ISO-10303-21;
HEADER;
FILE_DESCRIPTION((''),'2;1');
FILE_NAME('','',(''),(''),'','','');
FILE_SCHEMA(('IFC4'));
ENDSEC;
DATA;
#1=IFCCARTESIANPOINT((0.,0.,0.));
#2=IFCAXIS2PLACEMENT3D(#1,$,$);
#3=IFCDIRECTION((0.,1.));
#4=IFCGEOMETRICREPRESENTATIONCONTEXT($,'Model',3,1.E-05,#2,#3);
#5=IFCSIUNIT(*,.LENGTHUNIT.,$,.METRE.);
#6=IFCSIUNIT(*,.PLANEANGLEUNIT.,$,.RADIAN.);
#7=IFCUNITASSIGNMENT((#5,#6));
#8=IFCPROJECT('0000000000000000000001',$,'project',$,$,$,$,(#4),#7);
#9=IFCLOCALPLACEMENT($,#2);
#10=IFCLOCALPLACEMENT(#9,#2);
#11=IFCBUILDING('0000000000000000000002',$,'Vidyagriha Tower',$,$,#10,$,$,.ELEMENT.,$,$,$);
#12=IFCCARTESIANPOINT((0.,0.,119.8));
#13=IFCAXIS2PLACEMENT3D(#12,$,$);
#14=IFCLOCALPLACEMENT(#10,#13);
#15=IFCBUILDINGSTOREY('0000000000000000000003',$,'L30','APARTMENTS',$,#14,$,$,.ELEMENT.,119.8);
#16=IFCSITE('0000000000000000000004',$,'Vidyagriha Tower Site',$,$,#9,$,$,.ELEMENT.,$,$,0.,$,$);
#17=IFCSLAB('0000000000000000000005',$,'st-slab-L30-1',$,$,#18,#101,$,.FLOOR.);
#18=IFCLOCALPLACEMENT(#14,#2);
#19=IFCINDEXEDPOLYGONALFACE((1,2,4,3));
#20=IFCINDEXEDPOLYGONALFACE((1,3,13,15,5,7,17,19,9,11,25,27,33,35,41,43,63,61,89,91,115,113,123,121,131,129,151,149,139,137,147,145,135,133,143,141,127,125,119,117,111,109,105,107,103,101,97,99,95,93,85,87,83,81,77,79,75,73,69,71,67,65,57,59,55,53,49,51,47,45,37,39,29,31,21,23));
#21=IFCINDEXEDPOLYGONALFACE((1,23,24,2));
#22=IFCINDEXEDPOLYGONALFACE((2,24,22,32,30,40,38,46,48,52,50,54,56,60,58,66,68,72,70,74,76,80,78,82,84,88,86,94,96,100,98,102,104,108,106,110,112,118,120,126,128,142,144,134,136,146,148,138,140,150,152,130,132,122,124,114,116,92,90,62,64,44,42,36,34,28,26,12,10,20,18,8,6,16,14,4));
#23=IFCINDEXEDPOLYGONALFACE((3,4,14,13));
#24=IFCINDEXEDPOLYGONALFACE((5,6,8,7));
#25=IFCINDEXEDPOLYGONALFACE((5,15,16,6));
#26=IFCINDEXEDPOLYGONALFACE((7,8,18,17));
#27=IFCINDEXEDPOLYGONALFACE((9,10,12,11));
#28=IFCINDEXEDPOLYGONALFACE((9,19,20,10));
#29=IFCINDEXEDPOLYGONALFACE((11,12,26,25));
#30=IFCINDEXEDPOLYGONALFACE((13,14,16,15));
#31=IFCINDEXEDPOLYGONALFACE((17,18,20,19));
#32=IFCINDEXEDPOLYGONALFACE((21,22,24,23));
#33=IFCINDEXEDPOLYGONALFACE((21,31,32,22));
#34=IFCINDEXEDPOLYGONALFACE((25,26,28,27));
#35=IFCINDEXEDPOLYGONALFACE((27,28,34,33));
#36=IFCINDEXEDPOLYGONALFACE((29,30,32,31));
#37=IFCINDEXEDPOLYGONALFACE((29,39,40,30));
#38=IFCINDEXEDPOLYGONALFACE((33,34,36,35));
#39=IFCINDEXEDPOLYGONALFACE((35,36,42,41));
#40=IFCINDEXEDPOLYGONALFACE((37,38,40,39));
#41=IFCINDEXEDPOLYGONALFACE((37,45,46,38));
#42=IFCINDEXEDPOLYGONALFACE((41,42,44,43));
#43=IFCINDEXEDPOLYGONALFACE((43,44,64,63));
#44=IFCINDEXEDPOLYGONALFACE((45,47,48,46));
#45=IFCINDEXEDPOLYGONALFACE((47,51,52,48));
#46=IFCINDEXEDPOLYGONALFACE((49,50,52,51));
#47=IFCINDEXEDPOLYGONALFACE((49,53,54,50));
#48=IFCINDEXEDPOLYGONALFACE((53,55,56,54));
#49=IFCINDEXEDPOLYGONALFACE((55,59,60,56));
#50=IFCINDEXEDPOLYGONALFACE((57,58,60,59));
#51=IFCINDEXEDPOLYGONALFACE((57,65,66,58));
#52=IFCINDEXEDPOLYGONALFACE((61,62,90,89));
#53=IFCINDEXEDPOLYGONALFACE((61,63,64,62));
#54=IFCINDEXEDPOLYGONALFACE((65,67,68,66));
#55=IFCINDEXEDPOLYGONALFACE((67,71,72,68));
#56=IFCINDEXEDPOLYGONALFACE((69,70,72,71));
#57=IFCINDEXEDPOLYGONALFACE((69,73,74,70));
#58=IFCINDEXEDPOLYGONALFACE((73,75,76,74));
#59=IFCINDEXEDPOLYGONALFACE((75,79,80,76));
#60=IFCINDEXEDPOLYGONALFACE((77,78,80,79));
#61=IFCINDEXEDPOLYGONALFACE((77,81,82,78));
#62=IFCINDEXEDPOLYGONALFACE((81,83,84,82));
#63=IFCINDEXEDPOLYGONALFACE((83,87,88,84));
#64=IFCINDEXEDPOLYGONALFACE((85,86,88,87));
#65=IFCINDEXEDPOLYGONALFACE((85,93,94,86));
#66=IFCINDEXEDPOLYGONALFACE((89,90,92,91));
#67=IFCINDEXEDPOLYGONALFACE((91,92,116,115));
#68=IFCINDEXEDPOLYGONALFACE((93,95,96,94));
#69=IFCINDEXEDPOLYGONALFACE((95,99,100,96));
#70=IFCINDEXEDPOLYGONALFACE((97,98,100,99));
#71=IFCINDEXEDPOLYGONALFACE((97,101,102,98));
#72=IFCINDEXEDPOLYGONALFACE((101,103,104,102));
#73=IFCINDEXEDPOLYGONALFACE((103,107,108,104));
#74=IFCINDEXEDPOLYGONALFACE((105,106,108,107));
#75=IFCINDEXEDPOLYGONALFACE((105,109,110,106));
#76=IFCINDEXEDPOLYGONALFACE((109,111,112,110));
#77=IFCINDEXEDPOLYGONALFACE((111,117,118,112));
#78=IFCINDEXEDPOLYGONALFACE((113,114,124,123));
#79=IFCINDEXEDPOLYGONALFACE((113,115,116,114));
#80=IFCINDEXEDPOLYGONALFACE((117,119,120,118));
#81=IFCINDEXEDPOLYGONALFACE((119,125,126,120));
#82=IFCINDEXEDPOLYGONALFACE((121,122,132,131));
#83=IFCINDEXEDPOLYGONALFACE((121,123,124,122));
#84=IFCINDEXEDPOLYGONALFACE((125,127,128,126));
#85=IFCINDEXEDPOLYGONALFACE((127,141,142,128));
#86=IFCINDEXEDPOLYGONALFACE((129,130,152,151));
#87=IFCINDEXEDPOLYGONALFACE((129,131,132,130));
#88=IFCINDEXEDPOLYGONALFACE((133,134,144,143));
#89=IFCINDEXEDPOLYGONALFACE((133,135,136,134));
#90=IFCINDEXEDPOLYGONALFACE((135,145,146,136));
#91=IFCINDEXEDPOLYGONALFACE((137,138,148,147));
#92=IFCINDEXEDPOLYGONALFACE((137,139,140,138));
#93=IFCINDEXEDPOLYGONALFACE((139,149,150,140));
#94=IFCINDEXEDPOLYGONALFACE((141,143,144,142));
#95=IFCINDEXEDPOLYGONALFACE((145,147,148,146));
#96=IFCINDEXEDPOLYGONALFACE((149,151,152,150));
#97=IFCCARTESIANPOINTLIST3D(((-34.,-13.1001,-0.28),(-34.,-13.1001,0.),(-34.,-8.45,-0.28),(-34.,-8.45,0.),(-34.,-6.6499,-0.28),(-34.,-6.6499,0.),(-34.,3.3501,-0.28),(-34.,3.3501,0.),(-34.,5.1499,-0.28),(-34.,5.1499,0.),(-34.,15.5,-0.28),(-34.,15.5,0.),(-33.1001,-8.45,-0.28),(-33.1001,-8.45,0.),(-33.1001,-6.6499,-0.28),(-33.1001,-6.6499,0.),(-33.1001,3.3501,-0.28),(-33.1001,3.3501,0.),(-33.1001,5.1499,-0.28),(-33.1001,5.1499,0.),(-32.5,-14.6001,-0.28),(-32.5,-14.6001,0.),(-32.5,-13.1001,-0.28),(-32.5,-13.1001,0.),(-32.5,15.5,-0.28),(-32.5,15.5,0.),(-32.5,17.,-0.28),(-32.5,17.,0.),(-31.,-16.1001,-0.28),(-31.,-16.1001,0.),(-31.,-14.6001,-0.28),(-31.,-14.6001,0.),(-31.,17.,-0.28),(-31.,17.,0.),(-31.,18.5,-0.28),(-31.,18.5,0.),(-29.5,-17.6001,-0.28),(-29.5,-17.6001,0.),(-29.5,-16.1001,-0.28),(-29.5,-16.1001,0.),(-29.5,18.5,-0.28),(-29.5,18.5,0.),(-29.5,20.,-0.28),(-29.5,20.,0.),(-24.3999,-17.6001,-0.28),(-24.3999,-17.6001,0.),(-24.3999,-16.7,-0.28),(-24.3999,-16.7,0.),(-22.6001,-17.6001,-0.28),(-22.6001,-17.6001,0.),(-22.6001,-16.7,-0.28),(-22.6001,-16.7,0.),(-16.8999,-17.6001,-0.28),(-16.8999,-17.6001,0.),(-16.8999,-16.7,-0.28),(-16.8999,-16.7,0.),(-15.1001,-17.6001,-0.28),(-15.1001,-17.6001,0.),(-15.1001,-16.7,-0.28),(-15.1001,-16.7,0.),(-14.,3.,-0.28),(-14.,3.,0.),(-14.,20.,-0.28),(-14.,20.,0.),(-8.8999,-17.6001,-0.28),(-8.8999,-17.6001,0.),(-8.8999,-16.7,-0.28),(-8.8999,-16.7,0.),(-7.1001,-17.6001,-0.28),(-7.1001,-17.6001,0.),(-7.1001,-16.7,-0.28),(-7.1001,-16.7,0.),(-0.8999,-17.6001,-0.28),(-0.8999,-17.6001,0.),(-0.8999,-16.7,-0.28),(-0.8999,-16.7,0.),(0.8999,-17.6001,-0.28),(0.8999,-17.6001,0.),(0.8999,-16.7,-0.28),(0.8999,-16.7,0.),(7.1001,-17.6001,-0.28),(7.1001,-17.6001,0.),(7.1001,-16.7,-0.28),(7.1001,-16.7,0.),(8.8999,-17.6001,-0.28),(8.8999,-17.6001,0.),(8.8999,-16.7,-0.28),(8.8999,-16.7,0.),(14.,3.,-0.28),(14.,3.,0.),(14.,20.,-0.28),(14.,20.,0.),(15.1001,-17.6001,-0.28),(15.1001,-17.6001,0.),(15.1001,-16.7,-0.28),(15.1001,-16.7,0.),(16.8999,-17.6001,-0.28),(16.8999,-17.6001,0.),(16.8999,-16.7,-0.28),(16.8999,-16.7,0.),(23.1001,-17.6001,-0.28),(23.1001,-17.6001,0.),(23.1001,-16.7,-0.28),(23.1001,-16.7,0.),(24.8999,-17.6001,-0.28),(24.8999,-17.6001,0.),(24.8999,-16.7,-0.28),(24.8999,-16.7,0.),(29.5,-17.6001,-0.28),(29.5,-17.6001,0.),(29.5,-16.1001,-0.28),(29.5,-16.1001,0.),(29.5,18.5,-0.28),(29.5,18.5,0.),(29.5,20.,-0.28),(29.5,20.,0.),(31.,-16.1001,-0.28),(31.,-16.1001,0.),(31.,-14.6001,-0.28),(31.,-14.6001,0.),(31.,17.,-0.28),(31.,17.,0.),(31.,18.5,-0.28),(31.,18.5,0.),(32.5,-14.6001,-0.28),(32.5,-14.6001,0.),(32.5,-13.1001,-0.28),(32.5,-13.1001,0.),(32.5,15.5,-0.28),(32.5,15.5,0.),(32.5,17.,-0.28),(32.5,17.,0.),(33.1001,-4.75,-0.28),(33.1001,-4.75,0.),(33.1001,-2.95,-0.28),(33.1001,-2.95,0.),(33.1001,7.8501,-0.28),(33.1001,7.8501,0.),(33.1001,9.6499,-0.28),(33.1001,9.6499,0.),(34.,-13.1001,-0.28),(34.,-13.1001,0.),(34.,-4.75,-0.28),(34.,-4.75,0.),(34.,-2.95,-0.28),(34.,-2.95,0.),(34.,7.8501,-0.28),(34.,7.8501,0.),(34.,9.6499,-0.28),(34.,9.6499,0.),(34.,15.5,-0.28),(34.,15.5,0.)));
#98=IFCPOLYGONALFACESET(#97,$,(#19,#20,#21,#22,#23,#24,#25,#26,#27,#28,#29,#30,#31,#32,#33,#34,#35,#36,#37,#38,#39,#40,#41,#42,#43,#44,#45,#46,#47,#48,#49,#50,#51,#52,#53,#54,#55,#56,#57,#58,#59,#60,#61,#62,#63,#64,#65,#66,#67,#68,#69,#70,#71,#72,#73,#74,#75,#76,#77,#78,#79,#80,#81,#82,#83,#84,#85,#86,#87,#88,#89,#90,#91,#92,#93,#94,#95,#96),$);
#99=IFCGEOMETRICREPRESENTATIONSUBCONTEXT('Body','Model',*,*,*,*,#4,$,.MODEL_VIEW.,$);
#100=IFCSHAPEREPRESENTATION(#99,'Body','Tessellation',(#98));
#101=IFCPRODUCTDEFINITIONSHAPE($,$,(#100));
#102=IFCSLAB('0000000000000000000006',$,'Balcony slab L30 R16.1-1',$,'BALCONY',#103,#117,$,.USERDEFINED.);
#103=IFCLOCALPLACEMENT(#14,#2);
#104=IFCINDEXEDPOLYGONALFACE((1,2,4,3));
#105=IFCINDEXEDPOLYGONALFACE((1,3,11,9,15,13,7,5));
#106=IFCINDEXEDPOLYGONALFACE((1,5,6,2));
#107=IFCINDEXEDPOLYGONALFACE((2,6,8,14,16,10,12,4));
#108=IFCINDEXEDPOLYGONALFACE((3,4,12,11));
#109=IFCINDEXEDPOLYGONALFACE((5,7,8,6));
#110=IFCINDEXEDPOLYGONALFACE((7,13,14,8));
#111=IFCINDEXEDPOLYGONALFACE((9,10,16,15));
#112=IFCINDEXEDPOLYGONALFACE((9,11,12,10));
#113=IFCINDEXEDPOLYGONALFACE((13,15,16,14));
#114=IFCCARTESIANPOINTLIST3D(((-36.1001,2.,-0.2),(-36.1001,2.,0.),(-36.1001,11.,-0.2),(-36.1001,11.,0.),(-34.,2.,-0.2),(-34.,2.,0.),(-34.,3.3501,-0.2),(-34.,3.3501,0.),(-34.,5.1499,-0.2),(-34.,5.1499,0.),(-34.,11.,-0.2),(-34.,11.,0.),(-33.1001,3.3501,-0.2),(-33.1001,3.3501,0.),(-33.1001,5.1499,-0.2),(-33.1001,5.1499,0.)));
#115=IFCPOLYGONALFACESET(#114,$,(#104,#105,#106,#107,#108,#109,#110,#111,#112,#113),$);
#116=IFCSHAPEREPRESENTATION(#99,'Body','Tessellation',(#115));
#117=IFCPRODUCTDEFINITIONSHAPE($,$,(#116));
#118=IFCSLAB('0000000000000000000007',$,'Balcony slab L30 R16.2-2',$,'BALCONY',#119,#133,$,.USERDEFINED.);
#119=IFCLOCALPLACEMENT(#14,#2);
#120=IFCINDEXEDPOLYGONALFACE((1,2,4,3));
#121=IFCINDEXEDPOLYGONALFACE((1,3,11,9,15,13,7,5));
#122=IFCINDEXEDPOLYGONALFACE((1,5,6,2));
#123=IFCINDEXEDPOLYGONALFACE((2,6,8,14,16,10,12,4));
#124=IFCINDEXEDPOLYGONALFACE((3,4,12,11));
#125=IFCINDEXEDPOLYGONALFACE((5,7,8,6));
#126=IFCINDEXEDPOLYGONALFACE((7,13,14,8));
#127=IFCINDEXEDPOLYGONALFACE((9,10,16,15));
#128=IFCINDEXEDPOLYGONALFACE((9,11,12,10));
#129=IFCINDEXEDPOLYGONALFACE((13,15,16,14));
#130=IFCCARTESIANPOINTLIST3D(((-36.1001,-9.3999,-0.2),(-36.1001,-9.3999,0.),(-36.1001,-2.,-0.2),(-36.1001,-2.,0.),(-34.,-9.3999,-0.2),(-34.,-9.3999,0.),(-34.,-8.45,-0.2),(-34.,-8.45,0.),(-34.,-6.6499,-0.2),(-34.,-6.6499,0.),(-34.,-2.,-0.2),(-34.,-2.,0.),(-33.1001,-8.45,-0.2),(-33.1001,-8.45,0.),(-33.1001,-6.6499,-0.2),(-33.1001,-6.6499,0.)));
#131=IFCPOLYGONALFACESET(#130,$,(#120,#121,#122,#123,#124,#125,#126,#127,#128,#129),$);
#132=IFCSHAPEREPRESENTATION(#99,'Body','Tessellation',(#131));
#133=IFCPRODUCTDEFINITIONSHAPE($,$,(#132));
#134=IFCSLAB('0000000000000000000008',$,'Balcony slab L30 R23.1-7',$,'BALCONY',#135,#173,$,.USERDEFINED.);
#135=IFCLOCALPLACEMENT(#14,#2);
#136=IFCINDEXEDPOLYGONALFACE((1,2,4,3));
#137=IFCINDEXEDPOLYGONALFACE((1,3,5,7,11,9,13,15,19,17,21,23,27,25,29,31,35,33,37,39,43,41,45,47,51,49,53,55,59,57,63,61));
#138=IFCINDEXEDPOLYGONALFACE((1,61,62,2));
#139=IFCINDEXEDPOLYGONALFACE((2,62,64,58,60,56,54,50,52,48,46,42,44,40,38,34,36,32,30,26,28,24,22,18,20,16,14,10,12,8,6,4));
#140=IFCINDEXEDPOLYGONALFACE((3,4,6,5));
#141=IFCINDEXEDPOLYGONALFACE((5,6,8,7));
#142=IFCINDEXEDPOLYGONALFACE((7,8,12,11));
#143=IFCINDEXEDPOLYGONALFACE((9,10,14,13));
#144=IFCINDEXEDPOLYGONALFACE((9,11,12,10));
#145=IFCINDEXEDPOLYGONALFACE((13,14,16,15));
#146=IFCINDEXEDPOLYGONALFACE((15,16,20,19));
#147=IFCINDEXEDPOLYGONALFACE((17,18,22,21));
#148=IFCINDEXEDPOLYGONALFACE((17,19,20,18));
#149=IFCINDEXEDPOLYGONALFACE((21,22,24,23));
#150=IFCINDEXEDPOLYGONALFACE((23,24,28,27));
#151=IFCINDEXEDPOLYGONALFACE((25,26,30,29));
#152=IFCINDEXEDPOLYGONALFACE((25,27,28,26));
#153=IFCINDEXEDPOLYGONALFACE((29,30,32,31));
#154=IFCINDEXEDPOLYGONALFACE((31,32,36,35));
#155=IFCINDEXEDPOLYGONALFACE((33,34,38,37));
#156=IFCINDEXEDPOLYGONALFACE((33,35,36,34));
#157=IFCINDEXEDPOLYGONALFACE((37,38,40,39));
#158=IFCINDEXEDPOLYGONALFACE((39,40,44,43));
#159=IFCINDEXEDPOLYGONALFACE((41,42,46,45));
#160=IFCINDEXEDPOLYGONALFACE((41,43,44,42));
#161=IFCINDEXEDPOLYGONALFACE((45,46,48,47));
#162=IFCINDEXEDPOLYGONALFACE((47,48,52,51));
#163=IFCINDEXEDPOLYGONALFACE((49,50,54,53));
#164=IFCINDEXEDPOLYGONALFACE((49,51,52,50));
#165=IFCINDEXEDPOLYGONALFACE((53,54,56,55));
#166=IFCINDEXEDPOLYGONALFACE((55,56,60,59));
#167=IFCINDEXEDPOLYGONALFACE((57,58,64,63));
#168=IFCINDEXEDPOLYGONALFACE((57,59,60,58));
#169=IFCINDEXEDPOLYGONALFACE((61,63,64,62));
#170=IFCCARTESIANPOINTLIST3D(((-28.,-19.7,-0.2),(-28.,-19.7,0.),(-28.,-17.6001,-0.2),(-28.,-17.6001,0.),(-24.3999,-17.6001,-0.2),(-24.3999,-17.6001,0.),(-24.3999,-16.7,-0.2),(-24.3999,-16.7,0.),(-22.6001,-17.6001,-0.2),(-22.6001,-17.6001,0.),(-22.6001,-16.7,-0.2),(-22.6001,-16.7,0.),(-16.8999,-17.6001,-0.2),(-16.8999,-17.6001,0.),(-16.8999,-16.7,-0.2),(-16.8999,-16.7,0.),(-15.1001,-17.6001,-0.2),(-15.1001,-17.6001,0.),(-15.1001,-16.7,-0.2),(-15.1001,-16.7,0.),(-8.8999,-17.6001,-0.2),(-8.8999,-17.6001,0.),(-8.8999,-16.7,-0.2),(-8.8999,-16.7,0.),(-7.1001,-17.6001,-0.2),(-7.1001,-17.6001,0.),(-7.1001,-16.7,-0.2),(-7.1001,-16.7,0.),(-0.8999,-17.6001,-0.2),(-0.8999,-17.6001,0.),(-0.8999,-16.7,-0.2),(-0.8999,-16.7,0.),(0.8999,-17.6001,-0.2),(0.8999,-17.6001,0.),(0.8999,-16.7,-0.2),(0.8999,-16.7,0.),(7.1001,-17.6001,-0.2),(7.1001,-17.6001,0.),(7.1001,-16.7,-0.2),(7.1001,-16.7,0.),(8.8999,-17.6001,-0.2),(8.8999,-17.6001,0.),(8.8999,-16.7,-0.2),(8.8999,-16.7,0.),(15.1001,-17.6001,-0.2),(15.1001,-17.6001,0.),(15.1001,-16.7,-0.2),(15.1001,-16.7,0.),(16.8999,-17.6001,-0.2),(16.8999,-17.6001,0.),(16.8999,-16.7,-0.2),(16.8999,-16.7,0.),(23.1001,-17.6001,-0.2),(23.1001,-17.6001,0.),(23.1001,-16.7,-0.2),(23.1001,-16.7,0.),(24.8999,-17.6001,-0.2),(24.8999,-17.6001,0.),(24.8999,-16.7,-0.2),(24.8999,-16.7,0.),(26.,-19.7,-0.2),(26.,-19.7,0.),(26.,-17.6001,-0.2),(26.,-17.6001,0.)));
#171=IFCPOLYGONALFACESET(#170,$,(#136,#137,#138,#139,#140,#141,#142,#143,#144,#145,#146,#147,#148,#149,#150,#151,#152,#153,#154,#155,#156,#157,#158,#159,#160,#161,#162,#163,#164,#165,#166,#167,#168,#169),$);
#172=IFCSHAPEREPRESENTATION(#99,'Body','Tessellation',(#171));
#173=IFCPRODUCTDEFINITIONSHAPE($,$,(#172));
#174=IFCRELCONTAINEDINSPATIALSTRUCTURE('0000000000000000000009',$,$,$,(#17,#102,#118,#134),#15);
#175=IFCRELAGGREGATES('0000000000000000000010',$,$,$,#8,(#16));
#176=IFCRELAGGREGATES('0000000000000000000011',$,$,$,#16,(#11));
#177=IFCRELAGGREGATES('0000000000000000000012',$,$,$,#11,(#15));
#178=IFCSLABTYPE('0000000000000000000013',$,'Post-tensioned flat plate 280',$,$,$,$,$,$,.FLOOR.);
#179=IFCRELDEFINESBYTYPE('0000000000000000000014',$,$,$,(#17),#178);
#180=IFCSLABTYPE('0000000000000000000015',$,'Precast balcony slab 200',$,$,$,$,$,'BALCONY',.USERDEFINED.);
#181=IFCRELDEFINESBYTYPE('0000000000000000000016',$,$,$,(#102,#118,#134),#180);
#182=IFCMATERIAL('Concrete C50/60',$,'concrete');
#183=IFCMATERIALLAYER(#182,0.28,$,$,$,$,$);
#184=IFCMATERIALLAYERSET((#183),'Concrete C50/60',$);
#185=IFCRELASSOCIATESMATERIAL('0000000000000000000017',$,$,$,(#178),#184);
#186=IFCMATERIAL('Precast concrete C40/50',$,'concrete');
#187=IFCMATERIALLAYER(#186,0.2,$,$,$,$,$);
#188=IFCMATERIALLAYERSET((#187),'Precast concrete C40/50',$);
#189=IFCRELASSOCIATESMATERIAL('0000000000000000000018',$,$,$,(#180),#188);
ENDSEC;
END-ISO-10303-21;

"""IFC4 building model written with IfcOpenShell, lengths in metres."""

from ifc_helpers import new_model, si_unit, direction, frame, origin, place, context, subcontext, project, spatial, polyline, outline, extrude, material, layer, layer_set, type_object, element, save


model = new_model("IFC4")

# Units and contexts
model_context = context("Model", 3, precision=1e-05, world=origin(), true_north=direction((0.0, 1.0)))
body_context = subcontext(model_context, "Body", "Model", "MODEL_VIEW")
ifc_project = project(units=[si_unit("LENGTHUNIT", "METRE"), si_unit("PLANEANGLEUNIT", "RADIAN")], contexts=[model_context])

# Site, building, storey
site_placement = place(None, origin())
site = spatial("IfcSite", under=ifc_project, at=site_placement, Name="Vidyagriha Tower Site", CompositionType="ELEMENT", RefElevation=0.0)
building_placement = place(site_placement, origin())
building = spatial("IfcBuilding", under=site, at=building_placement, Name="Vidyagriha Tower", CompositionType="ELEMENT")
storey_placement = place(building_placement, frame((0.0, 0.0, 119.8)))
storey = spatial("IfcBuildingStorey", under=building, at=storey_placement, Name="L30", Description="APARTMENTS", CompositionType="ELEMENT", Elevation=119.8)

# Slabs
ifc_material_1 = material(Name="Concrete C50/60", Category="concrete")
ifc_layer_1 = layer(ifc_material_1, 0.28)
ifc_layer_set_1 = layer_set([ifc_layer_1], Name="Concrete C50/60")
slab_type_1 = type_object("IfcSlabType", Name="Post-tensioned flat plate 280", PredefinedType="FLOOR", material=ifc_layer_set_1)
slab_1_placement = place(storey_placement, frame((0.0, 0.0, -0.28)))
element("IfcSlab", 1, at=slab_1_placement, inside=storey, type_object=slab_type_1, Name="st-slab-L30-1", PredefinedType="FLOOR", context=body_context, shape_type="SweptSolid", body=[
    extrude(outline(polyline([(32.5, -14.6001), (31.0, -14.6001), (31.0, -16.1001), (29.5, -16.1001), (29.5, -17.6001), (24.8999, -17.6001), (24.8999, -16.7), (23.1001, -16.7), (23.1001, -17.6001), (16.8999, -17.6001), (16.8999, -16.7), (15.1001, -16.7), (15.1001, -17.6001), (8.8999, -17.6001), (8.8999, -16.7), (7.1001, -16.7), (7.1001, -17.6001), (0.8999, -17.6001), (0.8999, -16.7), (-0.8999, -16.7), (-0.8999, -17.6001), (-7.1001, -17.6001), (-7.1001, -16.7), (-8.8999, -16.7), (-8.8999, -17.6001), (-15.1001, -17.6001), (-15.1001, -16.7), (-16.8999, -16.7), (-16.8999, -17.6001), (-22.6001, -17.6001), (-22.6001, -16.7), (-24.3999, -16.7), (-24.3999, -17.6001), (-29.5, -17.6001), (-29.5, -16.1001), (-31.0, -16.1001), (-31.0, -14.6001), (-32.5, -14.6001), (-32.5, -13.1001), (-34.0, -13.1001), (-34.0, -8.45), (-33.1001, -8.45), (-33.1001, -6.6499), (-34.0, -6.6499), (-34.0, 3.3501), (-33.1001, 3.3501), (-33.1001, 5.1499), (-34.0, 5.1499), (-34.0, 15.5), (-32.5, 15.5), (-32.5, 17.0), (-31.0, 17.0), (-31.0, 18.5), (-29.5, 18.5), (-29.5, 20.0), (-14.0, 20.0), (-14.0, 3.0), (14.0, 3.0), (14.0, 20.0), (29.5, 20.0), (29.5, 18.5), (31.0, 18.5), (31.0, 17.0), (32.5, 17.0), (32.5, 15.5), (34.0, 15.5), (34.0, 9.6499), (33.1001, 9.6499), (33.1001, 7.8501), (34.0, 7.8501), (34.0, -2.95), (33.1001, -2.95), (33.1001, -4.75), (34.0, -4.75), (34.0, -13.1001), (32.5, -13.1001), (32.5, -14.6001)])), origin(), (0.0, 0.0, 1.0), 0.28),
])
ifc_material_2 = material(Name="Precast concrete C40/50", Category="concrete")
ifc_layer_2 = layer(ifc_material_2, 0.2)
ifc_layer_set_2 = layer_set([ifc_layer_2], Name="Precast concrete C40/50")
slab_type_2 = type_object("IfcSlabType", Name="Precast balcony slab 200", ElementType="BALCONY", PredefinedType="USERDEFINED", material=ifc_layer_set_2)
slab_2_placement = place(storey_placement, frame((0.0, 0.0, -0.2)))
element("IfcSlab", 2, at=slab_2_placement, inside=storey, type_object=slab_type_2, Name="Balcony slab L30 R16.1-1", ObjectType="BALCONY", PredefinedType="USERDEFINED", context=body_context, shape_type="SweptSolid", body=[
    extrude(outline(polyline([(-33.1001, 3.3501), (-33.1001, 5.1499), (-34.0, 5.1499), (-34.0, 11.0), (-36.1001, 11.0), (-36.1001, 2.0), (-34.0, 2.0), (-34.0, 3.3501), (-33.1001, 3.3501)])), origin(), (0.0, 0.0, 1.0), 0.2),
])
slab_3_placement = place(storey_placement, frame((0.0, 0.0, -0.2)))
element("IfcSlab", 3, at=slab_3_placement, inside=storey, type_object=slab_type_2, Name="Balcony slab L30 R16.2-2", ObjectType="BALCONY", PredefinedType="USERDEFINED", context=body_context, shape_type="SweptSolid", body=[
    extrude(outline(polyline([(-33.1001, -8.45), (-33.1001, -6.6499), (-34.0, -6.6499), (-34.0, -2.0), (-36.1001, -2.0), (-36.1001, -9.3999), (-34.0, -9.3999), (-34.0, -8.45), (-33.1001, -8.45)])), origin(), (0.0, 0.0, 1.0), 0.2),
])
slab_4_placement = place(storey_placement, frame((0.0, 0.0, -0.2)))
element("IfcSlab", 4, at=slab_4_placement, inside=storey, type_object=slab_type_2, Name="Balcony slab L30 R23.1-7", ObjectType="BALCONY", PredefinedType="USERDEFINED", context=body_context, shape_type="SweptSolid", body=[
    extrude(outline(polyline([(-22.6001, -16.7), (-24.3999, -16.7), (-24.3999, -17.6001), (-28.0, -17.6001), (-28.0, -19.7), (26.0, -19.7), (26.0, -17.6001), (24.8999, -17.6001), (24.8999, -16.7), (23.1001, -16.7), (23.1001, -17.6001), (16.8999, -17.6001), (16.8999, -16.7), (15.1001, -16.7), (15.1001, -17.6001), (8.8999, -17.6001), (8.8999, -16.7), (7.1001, -16.7), (7.1001, -17.6001), (0.8999, -17.6001), (0.8999, -16.7), (-0.8999, -16.7), (-0.8999, -17.6001), (-7.1001, -17.6001), (-7.1001, -16.7), (-8.8999, -16.7), (-8.8999, -17.6001), (-15.1001, -17.6001), (-15.1001, -16.7), (-16.8999, -16.7), (-16.8999, -17.6001), (-22.6001, -17.6001), (-22.6001, -16.7)])), origin(), (0.0, 0.0, 1.0), 0.2),
])

save(model, "model.ifc")
